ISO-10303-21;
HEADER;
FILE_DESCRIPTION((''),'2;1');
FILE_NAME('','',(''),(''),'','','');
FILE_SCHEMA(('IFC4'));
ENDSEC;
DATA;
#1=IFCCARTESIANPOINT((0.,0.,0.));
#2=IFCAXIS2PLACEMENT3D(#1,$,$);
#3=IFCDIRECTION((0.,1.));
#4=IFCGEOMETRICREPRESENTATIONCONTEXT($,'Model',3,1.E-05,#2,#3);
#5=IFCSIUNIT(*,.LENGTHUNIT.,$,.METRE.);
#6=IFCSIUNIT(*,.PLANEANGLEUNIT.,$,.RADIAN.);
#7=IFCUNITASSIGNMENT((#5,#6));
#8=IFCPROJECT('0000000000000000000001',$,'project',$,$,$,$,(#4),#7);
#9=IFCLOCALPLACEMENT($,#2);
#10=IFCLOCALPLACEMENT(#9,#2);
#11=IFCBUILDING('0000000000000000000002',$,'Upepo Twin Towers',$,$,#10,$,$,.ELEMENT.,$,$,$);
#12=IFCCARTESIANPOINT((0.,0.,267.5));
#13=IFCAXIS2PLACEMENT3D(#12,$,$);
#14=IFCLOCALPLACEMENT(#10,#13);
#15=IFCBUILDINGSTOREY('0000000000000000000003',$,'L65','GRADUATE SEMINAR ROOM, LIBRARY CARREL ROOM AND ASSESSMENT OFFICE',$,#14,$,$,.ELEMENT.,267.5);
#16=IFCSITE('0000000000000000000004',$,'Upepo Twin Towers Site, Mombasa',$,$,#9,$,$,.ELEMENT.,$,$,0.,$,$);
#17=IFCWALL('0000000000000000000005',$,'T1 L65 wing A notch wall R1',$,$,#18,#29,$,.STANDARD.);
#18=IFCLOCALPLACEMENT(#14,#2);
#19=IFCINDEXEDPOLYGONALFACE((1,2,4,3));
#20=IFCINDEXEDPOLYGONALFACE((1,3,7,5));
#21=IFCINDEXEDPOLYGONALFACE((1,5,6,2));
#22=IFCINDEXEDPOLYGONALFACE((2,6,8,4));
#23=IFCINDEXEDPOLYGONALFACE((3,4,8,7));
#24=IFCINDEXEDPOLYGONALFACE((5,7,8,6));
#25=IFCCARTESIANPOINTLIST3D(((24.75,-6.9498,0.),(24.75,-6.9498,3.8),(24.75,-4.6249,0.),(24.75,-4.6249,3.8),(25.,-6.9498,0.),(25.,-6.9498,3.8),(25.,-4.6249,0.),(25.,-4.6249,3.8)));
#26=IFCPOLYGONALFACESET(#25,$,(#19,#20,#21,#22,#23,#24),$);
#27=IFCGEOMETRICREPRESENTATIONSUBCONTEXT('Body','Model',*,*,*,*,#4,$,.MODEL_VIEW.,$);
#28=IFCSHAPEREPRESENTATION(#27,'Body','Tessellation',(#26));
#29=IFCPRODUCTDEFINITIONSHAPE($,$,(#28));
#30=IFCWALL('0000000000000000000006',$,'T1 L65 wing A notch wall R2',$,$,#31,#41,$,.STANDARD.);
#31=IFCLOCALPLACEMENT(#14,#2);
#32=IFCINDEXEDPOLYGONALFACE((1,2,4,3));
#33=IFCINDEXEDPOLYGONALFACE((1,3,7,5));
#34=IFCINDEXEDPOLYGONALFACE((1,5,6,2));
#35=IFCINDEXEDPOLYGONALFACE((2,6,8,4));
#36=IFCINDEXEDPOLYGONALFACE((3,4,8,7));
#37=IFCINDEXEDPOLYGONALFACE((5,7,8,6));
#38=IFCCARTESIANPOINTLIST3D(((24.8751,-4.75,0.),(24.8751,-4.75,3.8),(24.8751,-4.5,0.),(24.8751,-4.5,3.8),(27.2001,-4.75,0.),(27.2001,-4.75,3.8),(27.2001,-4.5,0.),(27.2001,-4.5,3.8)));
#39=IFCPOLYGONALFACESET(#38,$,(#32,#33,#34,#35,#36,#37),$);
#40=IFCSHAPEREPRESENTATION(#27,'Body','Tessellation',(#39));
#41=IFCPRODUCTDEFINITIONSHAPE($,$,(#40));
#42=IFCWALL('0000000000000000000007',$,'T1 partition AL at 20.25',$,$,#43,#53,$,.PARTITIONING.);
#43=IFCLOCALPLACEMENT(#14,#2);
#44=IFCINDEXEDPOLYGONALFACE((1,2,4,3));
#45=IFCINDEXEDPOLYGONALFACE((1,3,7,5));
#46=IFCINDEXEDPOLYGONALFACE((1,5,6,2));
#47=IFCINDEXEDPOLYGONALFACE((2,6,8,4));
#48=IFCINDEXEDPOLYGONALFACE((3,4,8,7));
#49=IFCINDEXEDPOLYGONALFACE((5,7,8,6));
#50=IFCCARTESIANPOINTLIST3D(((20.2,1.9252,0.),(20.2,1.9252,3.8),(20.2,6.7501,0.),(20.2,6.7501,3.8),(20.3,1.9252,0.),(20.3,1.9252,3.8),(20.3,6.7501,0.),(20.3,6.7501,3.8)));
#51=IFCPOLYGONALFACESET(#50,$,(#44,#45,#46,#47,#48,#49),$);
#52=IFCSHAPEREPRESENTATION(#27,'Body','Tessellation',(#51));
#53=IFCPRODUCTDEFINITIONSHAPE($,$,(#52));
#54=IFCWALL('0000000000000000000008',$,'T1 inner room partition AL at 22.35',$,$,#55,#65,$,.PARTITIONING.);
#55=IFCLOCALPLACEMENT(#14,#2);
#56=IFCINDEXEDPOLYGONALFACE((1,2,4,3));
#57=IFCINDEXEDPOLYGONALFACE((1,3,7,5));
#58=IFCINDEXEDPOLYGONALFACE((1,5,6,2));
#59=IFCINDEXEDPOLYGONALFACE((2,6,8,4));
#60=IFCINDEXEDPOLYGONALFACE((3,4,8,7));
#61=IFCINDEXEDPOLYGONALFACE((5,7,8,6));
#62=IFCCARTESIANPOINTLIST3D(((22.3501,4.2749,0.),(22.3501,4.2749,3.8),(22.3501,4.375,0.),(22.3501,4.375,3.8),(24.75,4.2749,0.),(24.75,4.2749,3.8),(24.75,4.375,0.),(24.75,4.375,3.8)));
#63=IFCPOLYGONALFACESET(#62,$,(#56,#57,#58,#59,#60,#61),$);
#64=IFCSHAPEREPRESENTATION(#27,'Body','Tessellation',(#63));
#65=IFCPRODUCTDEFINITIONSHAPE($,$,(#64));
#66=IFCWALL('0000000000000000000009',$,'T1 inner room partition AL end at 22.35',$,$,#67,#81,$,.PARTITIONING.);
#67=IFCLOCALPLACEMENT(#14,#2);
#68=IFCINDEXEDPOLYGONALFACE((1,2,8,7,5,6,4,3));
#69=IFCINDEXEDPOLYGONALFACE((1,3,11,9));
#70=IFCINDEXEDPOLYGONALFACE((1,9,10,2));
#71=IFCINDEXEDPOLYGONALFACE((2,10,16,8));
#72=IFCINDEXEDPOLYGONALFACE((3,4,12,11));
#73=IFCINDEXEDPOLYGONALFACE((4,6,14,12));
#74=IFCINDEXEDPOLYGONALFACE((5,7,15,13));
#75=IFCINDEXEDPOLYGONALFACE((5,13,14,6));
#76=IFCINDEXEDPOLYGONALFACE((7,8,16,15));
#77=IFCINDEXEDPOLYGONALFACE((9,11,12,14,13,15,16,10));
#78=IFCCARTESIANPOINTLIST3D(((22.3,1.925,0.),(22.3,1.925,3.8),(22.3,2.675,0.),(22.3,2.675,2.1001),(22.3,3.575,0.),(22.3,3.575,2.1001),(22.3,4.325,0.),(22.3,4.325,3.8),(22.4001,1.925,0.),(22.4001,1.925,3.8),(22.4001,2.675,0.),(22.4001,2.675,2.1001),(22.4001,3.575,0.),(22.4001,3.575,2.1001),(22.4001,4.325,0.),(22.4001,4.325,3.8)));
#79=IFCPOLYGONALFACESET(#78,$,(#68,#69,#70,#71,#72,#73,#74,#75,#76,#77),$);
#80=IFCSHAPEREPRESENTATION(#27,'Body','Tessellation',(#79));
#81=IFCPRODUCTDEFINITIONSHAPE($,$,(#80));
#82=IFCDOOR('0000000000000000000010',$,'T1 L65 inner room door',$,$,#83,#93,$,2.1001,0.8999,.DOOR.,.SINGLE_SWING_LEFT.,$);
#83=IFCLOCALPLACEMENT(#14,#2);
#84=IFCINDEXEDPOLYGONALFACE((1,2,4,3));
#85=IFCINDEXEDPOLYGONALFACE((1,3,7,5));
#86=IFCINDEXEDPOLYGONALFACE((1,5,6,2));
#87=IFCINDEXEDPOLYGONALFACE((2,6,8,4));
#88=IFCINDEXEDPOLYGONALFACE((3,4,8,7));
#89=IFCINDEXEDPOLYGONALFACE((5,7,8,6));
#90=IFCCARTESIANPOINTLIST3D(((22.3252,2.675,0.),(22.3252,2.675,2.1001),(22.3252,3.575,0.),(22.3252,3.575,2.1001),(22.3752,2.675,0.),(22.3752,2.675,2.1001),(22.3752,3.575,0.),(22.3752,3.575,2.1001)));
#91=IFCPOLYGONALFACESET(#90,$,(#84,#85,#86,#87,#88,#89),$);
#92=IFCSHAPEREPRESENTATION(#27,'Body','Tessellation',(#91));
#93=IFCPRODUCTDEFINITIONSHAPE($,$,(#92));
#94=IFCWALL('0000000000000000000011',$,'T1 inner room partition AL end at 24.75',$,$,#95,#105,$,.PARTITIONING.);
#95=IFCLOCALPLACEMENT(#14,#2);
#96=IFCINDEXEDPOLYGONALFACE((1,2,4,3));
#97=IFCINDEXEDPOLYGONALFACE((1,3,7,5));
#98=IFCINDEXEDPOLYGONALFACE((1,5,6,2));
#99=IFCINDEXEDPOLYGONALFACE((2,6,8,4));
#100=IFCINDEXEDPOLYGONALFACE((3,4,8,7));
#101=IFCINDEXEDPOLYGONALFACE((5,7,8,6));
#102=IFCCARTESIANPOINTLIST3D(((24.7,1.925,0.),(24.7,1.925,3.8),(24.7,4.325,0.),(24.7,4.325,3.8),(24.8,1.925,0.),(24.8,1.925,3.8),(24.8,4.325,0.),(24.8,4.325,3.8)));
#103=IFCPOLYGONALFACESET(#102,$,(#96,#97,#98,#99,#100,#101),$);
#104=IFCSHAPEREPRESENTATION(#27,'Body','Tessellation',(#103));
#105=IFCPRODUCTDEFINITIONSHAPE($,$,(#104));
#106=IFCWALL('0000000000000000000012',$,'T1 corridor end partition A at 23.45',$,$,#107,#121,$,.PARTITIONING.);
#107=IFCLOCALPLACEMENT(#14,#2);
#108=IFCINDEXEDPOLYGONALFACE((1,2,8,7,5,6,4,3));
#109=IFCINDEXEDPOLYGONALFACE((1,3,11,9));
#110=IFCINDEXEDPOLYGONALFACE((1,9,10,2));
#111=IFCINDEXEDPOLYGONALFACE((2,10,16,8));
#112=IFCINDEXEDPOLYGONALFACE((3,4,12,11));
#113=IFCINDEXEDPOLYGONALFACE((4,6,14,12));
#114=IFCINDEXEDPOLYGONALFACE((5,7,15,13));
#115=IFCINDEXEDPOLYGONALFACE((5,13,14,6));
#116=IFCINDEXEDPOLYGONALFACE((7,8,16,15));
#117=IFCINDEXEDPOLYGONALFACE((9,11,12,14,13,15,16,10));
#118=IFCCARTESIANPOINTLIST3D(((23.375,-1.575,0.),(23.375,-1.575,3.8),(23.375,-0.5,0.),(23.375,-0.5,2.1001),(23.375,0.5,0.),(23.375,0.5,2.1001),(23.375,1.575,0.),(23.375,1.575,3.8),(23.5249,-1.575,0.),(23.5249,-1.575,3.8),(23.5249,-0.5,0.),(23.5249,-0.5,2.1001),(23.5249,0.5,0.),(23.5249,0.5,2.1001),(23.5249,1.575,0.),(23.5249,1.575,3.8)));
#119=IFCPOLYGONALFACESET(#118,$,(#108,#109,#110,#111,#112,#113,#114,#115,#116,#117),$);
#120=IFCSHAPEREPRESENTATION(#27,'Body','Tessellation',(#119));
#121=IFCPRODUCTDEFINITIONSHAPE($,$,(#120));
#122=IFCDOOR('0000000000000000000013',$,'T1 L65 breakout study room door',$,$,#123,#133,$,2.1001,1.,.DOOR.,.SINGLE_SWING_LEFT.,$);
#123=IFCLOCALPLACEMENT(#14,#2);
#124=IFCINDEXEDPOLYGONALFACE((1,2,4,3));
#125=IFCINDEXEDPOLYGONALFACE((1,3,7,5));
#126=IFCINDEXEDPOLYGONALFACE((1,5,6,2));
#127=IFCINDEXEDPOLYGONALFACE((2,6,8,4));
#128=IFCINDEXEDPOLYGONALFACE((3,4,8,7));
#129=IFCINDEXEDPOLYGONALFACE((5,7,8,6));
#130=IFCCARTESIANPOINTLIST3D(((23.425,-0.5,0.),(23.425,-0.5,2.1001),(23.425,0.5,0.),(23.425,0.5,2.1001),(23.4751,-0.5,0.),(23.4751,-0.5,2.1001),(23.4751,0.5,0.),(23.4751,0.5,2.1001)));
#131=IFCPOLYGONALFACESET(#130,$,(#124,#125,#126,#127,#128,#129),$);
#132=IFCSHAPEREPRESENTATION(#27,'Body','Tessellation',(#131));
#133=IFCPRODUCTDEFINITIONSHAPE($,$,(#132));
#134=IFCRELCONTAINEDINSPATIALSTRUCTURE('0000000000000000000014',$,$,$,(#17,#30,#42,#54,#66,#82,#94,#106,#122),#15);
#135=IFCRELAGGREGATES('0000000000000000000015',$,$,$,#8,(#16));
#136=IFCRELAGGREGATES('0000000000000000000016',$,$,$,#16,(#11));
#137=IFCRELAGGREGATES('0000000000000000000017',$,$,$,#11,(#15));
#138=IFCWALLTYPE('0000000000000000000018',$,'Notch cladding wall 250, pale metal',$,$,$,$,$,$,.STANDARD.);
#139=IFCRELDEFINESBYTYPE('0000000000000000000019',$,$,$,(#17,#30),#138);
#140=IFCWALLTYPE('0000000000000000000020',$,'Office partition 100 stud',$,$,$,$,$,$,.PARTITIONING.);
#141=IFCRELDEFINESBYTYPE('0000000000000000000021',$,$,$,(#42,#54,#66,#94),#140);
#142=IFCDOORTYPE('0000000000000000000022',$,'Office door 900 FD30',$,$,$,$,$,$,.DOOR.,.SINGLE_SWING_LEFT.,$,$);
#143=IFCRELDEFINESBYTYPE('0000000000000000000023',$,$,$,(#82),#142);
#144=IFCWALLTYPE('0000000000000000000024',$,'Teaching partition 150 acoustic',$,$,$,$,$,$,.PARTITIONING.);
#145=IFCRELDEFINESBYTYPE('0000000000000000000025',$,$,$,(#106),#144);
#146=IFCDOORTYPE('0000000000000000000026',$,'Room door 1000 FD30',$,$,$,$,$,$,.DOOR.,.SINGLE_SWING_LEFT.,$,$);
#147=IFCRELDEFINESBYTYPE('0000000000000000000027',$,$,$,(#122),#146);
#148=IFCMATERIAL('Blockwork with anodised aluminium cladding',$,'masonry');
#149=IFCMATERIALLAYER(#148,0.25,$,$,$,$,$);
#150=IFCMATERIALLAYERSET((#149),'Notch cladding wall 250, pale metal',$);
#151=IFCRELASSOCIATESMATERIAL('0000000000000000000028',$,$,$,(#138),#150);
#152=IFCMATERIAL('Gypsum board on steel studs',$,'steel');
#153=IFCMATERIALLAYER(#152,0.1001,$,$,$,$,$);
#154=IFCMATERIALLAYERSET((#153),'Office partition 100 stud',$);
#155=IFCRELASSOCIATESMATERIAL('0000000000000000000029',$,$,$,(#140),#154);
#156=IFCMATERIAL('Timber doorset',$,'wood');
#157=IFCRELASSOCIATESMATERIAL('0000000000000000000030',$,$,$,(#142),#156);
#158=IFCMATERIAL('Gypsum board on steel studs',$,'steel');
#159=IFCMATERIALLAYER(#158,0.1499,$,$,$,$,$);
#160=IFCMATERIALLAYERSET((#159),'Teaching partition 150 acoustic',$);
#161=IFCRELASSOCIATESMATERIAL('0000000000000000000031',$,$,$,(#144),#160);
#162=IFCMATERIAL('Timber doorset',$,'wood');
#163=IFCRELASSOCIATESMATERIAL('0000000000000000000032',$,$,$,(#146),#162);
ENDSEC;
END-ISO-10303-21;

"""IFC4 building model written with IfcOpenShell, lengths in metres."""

from ifc_helpers import new_model, si_unit, direction, frame, frame_2d, origin, place, context, subcontext, project, spatial, rectangle, extrude, material, layer, layer_set, type_object, element, fill, save


model = new_model("IFC4")

# Units and contexts
model_context = context("Model", 3, precision=1e-05, world=origin(), true_north=direction((0.0, 1.0)))
body_context = subcontext(model_context, "Body", "Model", "MODEL_VIEW")
ifc_project = project(units=[si_unit("LENGTHUNIT", "METRE"), si_unit("PLANEANGLEUNIT", "RADIAN")], contexts=[model_context])

# Site, building, storey
site_placement = place(None, origin())
site = spatial("IfcSite", under=ifc_project, at=site_placement, Name="Upepo Twin Towers Site, Mombasa", CompositionType="ELEMENT", RefElevation=0.0)
building_placement = place(site_placement, origin())
building = spatial("IfcBuilding", under=site, at=building_placement, Name="Upepo Twin Towers", CompositionType="ELEMENT")
storey_placement = place(building_placement, frame((0.0, 0.0, 267.5)))
storey = spatial("IfcBuildingStorey", under=building, at=storey_placement, Name="L65", Description="GRADUATE SEMINAR ROOM, LIBRARY CARREL ROOM AND ASSESSMENT OFFICE", CompositionType="ELEMENT", Elevation=267.5)

# Walls
ifc_material_1 = material(Name="Blockwork with anodised aluminium cladding", Category="masonry")
ifc_layer_1 = layer(ifc_material_1, 0.25)
ifc_layer_set_1 = layer_set([ifc_layer_1], Name="Notch cladding wall 250, pale metal")
wall_type_1 = type_object("IfcWallType", Name="Notch cladding wall 250, pale metal", PredefinedType="STANDARD", material=ifc_layer_set_1)
for number, where, z_axis, x_axis, name in (
    (1, (24.875, -6.95, 0.0), (0.0, 0.0, 1.0), (0.0, 1.0, 0.0), "T1 L65 wing A notch wall R1"),
    (2, (24.875, -4.625, 0.0), (0.0, 0.0, 1.0), (1.0, 0.0, 0.0), "T1 L65 wing A notch wall R2"),
):
    element("IfcWall", number, at=place(storey_placement, frame(where, z_axis=z_axis, x_axis=x_axis)), inside=storey, type_object=wall_type_1, Name=name, PredefinedType="STANDARD", context=body_context, shape_type="SweptSolid", body=[
        extrude(rectangle(XDim=2.325, YDim=0.25, at=frame_2d((1.1626, 0.0))), origin(), (0.0, 0.0, 1.0), 3.8),
    ])
ifc_material_2 = material(Name="Gypsum board on steel studs", Category="steel")
ifc_layer_2 = layer(ifc_material_2, 0.1001)
ifc_layer_set_2 = layer_set([ifc_layer_2], Name="Office partition 100 stud")
wall_type_2 = type_object("IfcWallType", Name="Office partition 100 stud", PredefinedType="PARTITIONING", material=ifc_layer_set_2)
wall_1_placement = place(storey_placement, frame((20.25, 1.925, 0.0), z_axis=(0.0, 0.0, 1.0), x_axis=(0.0, 1.0, 0.0)))
element("IfcWall", 3, at=wall_1_placement, inside=storey, type_object=wall_type_2, Name="T1 partition AL at 20.25", PredefinedType="PARTITIONING", context=body_context, shape_type="SweptSolid", body=[
    extrude(rectangle(XDim=4.825, YDim=0.1001, at=frame_2d((2.4126, 0.0))), origin(), (0.0, 0.0, 1.0), 3.8),
])
wall_2_placement = place(storey_placement, frame((22.3501, 4.325, 0.0), z_axis=(0.0, 0.0, 1.0), x_axis=(1.0, 0.0, 0.0)))
element("IfcWall", 4, at=wall_2_placement, inside=storey, type_object=wall_type_2, Name="T1 inner room partition AL at 22.35", PredefinedType="PARTITIONING", context=body_context, shape_type="SweptSolid", body=[
    extrude(rectangle(XDim=2.3999, YDim=0.1001, at=frame_2d((1.2, 0.0))), origin(), (0.0, 0.0, 1.0), 3.8),
])

# Wall, opening, door
wall_3_placement = place(storey_placement, frame((22.3501, 1.925, 0.0), z_axis=(0.0, 0.0, 1.0), x_axis=(0.0, 1.0, 0.0)))
wall_3 = element("IfcWall", 5, at=wall_3_placement, inside=storey, type_object=wall_type_2, Name="T1 inner room partition AL end at 22.35", PredefinedType="PARTITIONING", context=body_context, shape_type="SweptSolid", body=[
    extrude(rectangle(XDim=2.3999, YDim=0.1001, at=frame_2d((1.2, 0.0))), origin(), (0.0, 0.0, 1.0), 3.8),
])
opening_1_placement = place(wall_3_placement, frame((0.75, 0.0, 0.0)))
opening_1 = element("IfcOpeningElement", 6, at=opening_1_placement, cuts=wall_3, PredefinedType="OPENING", context=body_context, shape_type="SweptSolid", body=[
    extrude(rectangle(XDim=0.8999, YDim=2.1001, at=frame_2d((0.45, 1.05))), frame((0.0, 0.0601, 0.0), z_axis=(0.0, -1.0, 0.0), x_axis=(1.0, 0.0, 0.0)), (0.0, 0.0, 1.0), 0.1201),
])
ifc_material_3 = material(Name="Timber doorset", Category="wood")
door_type_1 = type_object("IfcDoorType", Name="Office door 900 FD30", OperationType="SINGLE_SWING_LEFT", PredefinedType="DOOR", material=ifc_material_3)
door_1_placement = place(opening_1_placement, origin())
door_1 = element("IfcDoor", 7, at=door_1_placement, inside=storey, type_object=door_type_1, Name="T1 L65 inner room door", OperationType="SINGLE_SWING_LEFT", OverallHeight=2.1001, OverallWidth=0.8999, PredefinedType="DOOR", context=body_context, shape_type="SweptSolid", body=[
    extrude(rectangle(XDim=0.8999, YDim=2.1001, at=frame_2d((0.45, 1.05))), frame((0.0, 0.0249, 0.0), z_axis=(0.0, -1.0, 0.0), x_axis=(1.0, 0.0, 0.0)), (0.0, 0.0, 1.0), 0.05),
])
fill(opening_1, door_1)

# Wall
wall_4_placement = place(storey_placement, frame((24.75, 1.925, 0.0), z_axis=(0.0, 0.0, 1.0), x_axis=(0.0, 1.0, 0.0)))
element("IfcWall", 8, at=wall_4_placement, inside=storey, type_object=wall_type_2, Name="T1 inner room partition AL end at 24.75", PredefinedType="PARTITIONING", context=body_context, shape_type="SweptSolid", body=[
    extrude(rectangle(XDim=2.3999, YDim=0.1001, at=frame_2d((1.2, 0.0))), origin(), (0.0, 0.0, 1.0), 3.8),
])

# Wall, opening, door
ifc_material_4 = material(Name="Gypsum board on steel studs", Category="steel")
ifc_layer_3 = layer(ifc_material_4, 0.1499)
ifc_layer_set_3 = layer_set([ifc_layer_3], Name="Teaching partition 150 acoustic")
wall_type_3 = type_object("IfcWallType", Name="Teaching partition 150 acoustic", PredefinedType="PARTITIONING", material=ifc_layer_set_3)
wall_5_placement = place(storey_placement, frame((23.45, -1.575, 0.0), z_axis=(0.0, 0.0, 1.0), x_axis=(0.0, 1.0, 0.0)))
wall_5 = element("IfcWall", 9, at=wall_5_placement, inside=storey, type_object=wall_type_3, Name="T1 corridor end partition A at 23.45", PredefinedType="PARTITIONING", context=body_context, shape_type="SweptSolid", body=[
    extrude(rectangle(XDim=3.1499, YDim=0.1499, at=frame_2d((1.575, 0.0))), origin(), (0.0, 0.0, 1.0), 3.8),
])
opening_2_placement = place(wall_5_placement, frame((1.075, 0.0, 0.0)))
opening_2 = element("IfcOpeningElement", 10, at=opening_2_placement, cuts=wall_5, PredefinedType="OPENING", context=body_context, shape_type="SweptSolid", body=[
    extrude(rectangle(XDim=1.0, YDim=2.1001, at=frame_2d((0.5, 1.05))), frame((0.0, 0.085, 0.0), z_axis=(0.0, -1.0, 0.0), x_axis=(1.0, 0.0, 0.0)), (0.0, 0.0, 1.0), 0.1699),
])
ifc_material_5 = material(Name="Timber doorset", Category="wood")
door_type_2 = type_object("IfcDoorType", Name="Room door 1000 FD30", OperationType="SINGLE_SWING_LEFT", PredefinedType="DOOR", material=ifc_material_5)
door_2_placement = place(opening_2_placement, origin())
door_2 = element("IfcDoor", 11, at=door_2_placement, inside=storey, type_object=door_type_2, Name="T1 L65 breakout study room door", OperationType="SINGLE_SWING_LEFT", OverallHeight=2.1001, OverallWidth=1.0, PredefinedType="DOOR", context=body_context, shape_type="SweptSolid", body=[
    extrude(rectangle(XDim=1.0, YDim=2.1001, at=frame_2d((0.5, 1.05))), frame((0.0, 0.0249, 0.0), z_axis=(0.0, -1.0, 0.0), x_axis=(1.0, 0.0, 0.0)), (0.0, 0.0, 1.0), 0.05),
])
fill(opening_2, door_2)

save(model, "model.ifc")
